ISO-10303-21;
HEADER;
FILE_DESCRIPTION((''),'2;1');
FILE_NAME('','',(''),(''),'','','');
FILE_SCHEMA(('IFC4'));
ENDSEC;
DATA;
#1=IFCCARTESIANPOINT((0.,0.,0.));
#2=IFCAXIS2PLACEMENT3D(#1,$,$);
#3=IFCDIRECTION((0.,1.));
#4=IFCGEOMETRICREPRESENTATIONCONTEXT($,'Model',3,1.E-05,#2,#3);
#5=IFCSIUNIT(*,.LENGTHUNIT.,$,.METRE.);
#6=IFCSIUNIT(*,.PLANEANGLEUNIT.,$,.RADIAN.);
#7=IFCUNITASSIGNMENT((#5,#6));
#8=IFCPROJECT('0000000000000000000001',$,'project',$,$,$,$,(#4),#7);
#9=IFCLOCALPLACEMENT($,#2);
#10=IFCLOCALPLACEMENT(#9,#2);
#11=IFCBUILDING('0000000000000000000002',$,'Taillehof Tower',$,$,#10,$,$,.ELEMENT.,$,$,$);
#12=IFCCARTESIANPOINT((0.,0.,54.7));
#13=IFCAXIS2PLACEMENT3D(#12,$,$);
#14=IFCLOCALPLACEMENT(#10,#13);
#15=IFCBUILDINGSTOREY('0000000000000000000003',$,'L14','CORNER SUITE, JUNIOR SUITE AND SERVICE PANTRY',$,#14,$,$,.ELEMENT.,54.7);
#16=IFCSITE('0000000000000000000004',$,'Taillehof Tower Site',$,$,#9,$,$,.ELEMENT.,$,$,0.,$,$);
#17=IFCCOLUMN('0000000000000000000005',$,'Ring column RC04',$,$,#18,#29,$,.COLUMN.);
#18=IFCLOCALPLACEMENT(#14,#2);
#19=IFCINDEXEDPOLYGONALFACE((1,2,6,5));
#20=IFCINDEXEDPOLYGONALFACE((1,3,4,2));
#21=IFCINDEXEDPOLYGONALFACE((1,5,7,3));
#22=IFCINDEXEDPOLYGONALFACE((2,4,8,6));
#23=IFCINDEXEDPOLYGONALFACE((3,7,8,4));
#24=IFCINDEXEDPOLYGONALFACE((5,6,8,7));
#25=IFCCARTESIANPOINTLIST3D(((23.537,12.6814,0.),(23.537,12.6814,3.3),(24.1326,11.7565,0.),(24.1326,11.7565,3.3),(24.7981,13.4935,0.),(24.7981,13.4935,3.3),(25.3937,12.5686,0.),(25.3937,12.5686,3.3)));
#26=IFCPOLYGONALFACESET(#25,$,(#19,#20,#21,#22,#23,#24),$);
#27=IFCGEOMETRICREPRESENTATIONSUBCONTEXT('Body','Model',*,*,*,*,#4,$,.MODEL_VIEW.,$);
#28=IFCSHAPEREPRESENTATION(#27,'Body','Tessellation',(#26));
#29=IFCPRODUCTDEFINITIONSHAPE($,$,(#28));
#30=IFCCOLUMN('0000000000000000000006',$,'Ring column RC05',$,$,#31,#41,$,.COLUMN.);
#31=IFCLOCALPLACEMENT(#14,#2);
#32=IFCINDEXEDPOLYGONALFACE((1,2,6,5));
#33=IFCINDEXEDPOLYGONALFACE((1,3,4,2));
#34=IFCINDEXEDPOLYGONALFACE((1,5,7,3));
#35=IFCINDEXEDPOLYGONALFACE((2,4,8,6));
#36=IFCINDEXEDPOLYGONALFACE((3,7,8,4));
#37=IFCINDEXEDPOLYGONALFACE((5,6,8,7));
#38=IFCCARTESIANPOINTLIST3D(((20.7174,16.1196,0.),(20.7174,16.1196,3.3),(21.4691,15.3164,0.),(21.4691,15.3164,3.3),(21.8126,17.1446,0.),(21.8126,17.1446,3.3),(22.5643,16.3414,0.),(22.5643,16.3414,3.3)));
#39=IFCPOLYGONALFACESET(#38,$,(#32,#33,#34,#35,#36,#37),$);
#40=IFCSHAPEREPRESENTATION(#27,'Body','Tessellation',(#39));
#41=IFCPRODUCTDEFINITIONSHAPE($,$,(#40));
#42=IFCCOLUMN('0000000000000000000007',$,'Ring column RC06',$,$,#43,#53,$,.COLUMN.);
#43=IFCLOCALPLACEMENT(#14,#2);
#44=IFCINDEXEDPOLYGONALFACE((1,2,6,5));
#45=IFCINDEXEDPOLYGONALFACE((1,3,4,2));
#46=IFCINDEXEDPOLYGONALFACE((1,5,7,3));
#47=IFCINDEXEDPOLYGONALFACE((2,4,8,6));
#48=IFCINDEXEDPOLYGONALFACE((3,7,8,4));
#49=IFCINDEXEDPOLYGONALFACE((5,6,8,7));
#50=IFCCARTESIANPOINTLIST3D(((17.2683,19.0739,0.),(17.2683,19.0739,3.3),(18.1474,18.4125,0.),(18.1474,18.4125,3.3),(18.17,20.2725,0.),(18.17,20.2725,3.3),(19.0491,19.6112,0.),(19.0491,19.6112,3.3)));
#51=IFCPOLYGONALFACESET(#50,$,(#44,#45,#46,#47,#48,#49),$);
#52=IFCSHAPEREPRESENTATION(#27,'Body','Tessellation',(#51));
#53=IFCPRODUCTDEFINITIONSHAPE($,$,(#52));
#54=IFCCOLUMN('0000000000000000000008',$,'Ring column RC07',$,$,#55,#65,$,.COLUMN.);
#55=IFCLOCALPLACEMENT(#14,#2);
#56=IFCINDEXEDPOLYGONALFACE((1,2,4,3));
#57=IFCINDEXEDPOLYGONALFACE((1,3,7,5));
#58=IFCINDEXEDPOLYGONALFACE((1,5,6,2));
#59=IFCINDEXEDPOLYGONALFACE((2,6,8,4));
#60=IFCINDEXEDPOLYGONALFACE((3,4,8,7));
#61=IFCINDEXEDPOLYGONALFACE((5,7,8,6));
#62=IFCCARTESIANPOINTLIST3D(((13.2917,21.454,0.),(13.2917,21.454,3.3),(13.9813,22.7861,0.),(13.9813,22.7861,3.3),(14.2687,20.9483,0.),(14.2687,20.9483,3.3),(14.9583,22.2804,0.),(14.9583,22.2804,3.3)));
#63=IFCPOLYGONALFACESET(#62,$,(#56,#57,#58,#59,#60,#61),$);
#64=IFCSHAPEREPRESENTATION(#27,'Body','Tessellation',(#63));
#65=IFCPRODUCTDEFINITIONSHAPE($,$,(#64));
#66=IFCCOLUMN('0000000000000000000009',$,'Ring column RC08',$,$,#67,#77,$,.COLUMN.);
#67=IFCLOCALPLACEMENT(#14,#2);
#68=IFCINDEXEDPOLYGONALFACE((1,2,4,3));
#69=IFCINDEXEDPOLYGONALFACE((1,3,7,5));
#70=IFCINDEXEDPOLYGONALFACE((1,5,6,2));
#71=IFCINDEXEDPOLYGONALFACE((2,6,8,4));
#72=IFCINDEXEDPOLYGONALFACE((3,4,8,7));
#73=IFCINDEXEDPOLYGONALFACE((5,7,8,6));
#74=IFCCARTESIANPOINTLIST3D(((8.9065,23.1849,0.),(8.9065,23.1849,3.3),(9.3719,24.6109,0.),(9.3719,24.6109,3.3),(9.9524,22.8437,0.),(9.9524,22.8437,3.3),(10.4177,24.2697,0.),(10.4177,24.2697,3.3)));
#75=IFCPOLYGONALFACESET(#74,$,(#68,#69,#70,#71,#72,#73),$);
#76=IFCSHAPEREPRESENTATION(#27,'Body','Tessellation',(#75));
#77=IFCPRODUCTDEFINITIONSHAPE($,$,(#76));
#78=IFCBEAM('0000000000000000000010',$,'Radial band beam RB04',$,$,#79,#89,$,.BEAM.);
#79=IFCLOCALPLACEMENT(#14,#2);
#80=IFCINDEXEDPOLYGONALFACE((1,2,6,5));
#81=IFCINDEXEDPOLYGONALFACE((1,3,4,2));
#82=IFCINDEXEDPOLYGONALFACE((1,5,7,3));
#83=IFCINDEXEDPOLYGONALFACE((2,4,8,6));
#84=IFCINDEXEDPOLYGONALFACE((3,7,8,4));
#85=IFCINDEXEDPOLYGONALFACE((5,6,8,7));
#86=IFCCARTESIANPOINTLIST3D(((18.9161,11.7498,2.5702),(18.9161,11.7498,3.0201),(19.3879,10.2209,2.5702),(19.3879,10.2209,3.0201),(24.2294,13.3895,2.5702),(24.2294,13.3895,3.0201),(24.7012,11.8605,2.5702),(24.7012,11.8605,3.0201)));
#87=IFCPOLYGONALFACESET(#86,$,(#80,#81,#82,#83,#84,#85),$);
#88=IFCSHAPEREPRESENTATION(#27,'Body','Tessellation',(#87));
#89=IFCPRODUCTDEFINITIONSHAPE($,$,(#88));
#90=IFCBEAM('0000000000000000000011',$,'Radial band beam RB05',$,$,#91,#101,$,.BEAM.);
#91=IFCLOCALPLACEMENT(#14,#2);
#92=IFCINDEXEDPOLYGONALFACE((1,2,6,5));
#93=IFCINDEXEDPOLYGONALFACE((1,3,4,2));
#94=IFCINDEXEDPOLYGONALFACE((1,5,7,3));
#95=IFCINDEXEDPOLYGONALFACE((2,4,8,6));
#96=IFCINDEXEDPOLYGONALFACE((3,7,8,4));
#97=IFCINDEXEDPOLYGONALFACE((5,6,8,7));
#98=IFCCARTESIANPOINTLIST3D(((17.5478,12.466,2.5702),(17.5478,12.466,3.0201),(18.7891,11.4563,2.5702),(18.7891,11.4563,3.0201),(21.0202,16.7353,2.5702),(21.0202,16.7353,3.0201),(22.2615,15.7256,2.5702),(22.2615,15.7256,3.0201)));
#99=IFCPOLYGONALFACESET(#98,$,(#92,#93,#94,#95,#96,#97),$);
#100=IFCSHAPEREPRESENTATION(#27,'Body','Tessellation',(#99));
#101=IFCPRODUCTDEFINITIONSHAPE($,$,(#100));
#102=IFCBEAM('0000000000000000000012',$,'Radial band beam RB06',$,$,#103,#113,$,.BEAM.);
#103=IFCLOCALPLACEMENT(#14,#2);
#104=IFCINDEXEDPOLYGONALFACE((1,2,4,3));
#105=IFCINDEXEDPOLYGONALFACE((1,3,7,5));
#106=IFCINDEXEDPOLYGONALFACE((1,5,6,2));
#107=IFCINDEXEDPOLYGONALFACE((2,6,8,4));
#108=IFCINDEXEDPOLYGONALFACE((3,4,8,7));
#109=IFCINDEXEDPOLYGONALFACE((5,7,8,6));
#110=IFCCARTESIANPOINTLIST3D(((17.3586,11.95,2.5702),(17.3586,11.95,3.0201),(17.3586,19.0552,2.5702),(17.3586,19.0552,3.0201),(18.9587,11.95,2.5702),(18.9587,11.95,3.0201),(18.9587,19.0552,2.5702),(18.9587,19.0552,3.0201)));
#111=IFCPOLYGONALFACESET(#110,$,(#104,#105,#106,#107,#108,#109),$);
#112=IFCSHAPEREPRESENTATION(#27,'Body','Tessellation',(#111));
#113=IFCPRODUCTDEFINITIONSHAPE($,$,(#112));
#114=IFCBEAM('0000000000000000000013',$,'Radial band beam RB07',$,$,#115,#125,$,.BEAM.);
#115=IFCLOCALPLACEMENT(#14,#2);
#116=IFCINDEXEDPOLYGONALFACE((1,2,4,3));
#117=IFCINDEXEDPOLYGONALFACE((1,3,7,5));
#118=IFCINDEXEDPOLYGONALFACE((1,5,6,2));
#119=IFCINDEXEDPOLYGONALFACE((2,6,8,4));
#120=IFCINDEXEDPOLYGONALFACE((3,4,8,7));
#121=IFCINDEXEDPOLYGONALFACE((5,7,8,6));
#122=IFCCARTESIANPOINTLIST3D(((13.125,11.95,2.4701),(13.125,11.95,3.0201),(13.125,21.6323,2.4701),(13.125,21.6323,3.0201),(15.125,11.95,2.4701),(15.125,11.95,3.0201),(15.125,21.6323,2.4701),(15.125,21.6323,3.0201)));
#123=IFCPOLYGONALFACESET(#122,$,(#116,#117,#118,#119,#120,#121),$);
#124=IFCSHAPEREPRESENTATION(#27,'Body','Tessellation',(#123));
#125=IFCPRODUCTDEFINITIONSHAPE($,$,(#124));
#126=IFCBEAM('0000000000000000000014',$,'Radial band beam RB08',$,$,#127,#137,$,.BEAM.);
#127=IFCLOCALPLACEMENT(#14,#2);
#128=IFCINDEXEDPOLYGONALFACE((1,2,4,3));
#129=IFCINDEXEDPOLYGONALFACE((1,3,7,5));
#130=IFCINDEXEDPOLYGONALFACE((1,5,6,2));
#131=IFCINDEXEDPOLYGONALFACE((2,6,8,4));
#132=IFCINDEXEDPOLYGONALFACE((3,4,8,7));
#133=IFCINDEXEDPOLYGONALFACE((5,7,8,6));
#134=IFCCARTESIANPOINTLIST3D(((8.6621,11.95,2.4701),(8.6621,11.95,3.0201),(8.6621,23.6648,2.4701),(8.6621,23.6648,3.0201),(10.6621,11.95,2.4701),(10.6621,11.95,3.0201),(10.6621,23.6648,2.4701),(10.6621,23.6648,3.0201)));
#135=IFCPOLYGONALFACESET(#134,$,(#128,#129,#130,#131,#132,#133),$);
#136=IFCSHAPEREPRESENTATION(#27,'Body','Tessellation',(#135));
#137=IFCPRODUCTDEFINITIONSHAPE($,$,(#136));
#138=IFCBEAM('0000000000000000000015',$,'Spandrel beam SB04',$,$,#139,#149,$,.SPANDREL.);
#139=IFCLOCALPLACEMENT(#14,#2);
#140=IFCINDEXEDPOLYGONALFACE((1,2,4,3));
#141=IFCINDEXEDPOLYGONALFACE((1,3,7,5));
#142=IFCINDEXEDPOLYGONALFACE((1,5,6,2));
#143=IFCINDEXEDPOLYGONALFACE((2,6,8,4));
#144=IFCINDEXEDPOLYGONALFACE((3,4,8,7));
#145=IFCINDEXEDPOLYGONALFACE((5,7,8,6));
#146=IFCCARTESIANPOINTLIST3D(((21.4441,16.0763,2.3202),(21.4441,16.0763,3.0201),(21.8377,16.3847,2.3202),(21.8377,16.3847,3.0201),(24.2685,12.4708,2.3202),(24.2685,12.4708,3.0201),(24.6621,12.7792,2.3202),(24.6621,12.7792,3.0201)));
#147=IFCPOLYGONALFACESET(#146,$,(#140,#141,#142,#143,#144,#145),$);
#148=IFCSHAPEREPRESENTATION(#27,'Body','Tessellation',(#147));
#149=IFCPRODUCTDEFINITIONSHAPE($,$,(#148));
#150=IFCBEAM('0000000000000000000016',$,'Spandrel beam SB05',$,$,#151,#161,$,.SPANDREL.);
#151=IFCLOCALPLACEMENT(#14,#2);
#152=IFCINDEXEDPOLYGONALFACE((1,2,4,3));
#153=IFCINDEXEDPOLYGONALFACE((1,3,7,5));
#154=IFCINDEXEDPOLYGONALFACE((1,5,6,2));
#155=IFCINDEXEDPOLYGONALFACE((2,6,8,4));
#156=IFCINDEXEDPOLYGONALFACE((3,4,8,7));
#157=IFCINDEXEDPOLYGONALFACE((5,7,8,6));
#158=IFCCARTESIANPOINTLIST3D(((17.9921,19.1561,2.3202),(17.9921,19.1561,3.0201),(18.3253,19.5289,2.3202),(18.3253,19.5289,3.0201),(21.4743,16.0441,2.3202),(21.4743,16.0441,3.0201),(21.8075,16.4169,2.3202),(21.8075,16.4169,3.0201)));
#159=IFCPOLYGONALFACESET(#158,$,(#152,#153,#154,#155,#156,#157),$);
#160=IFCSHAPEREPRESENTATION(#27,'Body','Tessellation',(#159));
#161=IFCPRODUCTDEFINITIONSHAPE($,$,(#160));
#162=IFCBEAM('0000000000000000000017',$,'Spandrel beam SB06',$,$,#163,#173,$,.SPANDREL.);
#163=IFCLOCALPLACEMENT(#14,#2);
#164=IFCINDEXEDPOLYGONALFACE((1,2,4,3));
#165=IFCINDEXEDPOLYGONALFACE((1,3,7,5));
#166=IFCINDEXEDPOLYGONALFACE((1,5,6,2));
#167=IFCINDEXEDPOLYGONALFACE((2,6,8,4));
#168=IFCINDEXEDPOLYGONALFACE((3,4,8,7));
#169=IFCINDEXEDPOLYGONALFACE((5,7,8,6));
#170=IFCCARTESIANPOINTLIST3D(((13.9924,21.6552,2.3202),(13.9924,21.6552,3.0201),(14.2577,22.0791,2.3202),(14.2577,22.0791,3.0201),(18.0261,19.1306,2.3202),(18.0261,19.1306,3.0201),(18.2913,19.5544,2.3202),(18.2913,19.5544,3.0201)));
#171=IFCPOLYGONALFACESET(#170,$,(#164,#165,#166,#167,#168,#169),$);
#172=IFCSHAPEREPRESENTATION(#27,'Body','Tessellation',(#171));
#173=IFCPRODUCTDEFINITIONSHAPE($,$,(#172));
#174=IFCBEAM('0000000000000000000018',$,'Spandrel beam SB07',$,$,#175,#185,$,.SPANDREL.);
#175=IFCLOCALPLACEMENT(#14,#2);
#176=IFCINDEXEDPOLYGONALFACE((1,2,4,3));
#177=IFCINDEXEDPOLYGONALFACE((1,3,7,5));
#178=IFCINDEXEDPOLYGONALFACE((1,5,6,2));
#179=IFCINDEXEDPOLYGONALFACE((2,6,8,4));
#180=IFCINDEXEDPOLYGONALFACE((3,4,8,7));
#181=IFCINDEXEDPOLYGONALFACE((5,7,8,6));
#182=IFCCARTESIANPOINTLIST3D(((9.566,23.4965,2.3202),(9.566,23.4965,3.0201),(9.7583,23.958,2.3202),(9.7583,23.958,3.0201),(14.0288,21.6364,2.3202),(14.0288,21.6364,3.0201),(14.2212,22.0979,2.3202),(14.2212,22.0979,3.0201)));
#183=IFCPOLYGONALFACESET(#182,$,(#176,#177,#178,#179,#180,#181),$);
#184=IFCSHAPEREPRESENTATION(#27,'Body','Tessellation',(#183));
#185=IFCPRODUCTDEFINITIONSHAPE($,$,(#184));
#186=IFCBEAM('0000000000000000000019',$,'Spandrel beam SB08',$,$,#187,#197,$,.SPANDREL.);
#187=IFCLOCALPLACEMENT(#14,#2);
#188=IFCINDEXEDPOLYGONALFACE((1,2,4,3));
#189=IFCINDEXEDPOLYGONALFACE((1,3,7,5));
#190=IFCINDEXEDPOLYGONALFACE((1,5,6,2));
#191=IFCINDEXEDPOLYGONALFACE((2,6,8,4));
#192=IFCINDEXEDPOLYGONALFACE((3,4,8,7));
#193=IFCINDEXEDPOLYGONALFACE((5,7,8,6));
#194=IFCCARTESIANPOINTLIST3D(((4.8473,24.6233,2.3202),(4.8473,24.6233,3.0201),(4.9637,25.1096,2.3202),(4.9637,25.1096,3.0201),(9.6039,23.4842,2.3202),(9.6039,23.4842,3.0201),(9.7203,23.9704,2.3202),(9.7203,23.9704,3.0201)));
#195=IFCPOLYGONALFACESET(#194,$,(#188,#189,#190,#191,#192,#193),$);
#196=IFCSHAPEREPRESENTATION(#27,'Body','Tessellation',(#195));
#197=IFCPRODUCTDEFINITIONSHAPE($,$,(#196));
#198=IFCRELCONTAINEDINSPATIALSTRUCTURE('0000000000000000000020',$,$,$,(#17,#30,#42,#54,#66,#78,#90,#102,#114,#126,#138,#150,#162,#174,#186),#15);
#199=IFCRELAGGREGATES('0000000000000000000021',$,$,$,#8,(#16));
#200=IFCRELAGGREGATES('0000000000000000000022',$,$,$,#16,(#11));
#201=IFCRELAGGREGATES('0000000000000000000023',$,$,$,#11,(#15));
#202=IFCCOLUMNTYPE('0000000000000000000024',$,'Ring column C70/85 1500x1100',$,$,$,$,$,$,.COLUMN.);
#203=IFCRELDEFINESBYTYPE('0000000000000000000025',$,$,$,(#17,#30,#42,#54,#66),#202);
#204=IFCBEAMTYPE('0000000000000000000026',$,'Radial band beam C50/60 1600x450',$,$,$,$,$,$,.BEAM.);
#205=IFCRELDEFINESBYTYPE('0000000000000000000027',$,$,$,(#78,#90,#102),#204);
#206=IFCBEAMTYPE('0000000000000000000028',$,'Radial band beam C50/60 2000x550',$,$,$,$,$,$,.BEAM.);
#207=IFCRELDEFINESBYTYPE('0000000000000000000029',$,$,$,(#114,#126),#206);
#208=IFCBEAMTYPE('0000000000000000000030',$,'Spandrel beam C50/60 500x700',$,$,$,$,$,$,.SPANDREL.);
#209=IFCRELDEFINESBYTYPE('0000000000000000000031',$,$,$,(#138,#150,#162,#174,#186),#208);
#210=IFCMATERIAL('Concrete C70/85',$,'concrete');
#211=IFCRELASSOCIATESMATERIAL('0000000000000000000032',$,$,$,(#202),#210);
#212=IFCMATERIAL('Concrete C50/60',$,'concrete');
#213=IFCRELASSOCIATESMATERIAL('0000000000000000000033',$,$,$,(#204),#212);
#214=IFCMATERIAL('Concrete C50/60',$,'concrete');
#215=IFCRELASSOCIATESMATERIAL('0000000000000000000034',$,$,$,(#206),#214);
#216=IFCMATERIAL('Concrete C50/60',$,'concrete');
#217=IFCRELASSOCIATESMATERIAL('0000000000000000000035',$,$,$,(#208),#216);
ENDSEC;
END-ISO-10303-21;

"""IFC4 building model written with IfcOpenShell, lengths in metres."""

from ifc_helpers import new_model, si_unit, direction, frame, origin, origin_2d, place, context, subcontext, project, spatial, rectangle, extrude, material, material_profile, profile_set, type_object, element, save


model = new_model("IFC4")

# Units and contexts
model_context = context("Model", 3, precision=1e-05, world=origin(), true_north=direction((0.0, 1.0)))
body_context = subcontext(model_context, "Body", "Model", "MODEL_VIEW")
ifc_project = project(units=[si_unit("LENGTHUNIT", "METRE"), si_unit("PLANEANGLEUNIT", "RADIAN")], contexts=[model_context])

# Site, building, storey
site_placement = place(None, origin())
site = spatial("IfcSite", under=ifc_project, at=site_placement, Name="Taillehof Tower Site", CompositionType="ELEMENT", RefElevation=0.0)
building_placement = place(site_placement, origin())
building = spatial("IfcBuilding", under=site, at=building_placement, Name="Taillehof Tower", CompositionType="ELEMENT")
storey_placement = place(building_placement, frame((0.0, 0.0, 54.7)))
storey = spatial("IfcBuildingStorey", under=building, at=storey_placement, Name="L14", Description="CORNER SUITE, JUNIOR SUITE AND SERVICE PANTRY", CompositionType="ELEMENT", Elevation=54.7)

# Columns
ifc_material_1 = material(Name="Concrete C70/85", Category="concrete")
ifc_material_profile_1 = material_profile(ifc_material_1, rectangle(XDim=1.5, YDim=1.1001, at=origin_2d()), Name="RC 1500x1100")
ifc_profile_set_1 = profile_set([ifc_material_profile_1], Name="Concrete C70/85")
column_type = type_object("IfcColumnType", Name="Ring column C70/85 1500x1100", PredefinedType="COLUMN", material=ifc_profile_set_1)
for number, where, z_axis, x_axis, name in (
    (1, (24.4653, 12.625, 0.0), (0.0, 0.0, 1.0), (0.840754, 0.541418, 0.0), "Ring column RC04"),
    (2, (21.6409, 16.2305, 0.0), (0.0, 0.0, 1.0), (0.730113, 0.683326, 0.0), "Ring column RC05"),
    (3, (18.1587, 19.3425, 0.0), (0.0, 0.0, 1.0), (0.601174, 0.799118, 0.0), "Ring column RC06"),
    (4, (14.125, 21.8672, 0.0), (0.0, 0.0, 1.0), (0.459691, 0.888079, 0.0), "Ring column RC07"),
    (5, (9.6621, 23.7273, 0.0), (0.0, 0.0, 1.0), (0.310219, 0.950665, 0.0), "Ring column RC08"),
):
    element("IfcColumn", number, at=place(storey_placement, frame(where, z_axis=z_axis, x_axis=x_axis)), inside=storey, type_object=column_type, Name=name, PredefinedType="COLUMN", context=body_context, shape_type="SweptSolid", body=[
        extrude(rectangle(XDim=1.5, YDim=1.1001, at=origin_2d()), origin(), (0.0, 0.0, 1.0), 3.3),
    ])

# Beams
ifc_material_2 = material(Name="Concrete C50/60", Category="concrete")
ifc_material_profile_2 = material_profile(ifc_material_2, rectangle(XDim=1.6001, YDim=0.45, at=origin_2d()), Name="RC 1600x450")
ifc_profile_set_2 = profile_set([ifc_material_profile_2], Name="Concrete C50/60")
beam_type_1 = type_object("IfcBeamType", Name="Radial band beam C50/60 1600x450", PredefinedType="BEAM", material=ifc_profile_set_2)
beam_1_placement = place(storey_placement, frame((24.4653, 12.625, 2.7952), z_axis=(-0.955536, -0.294876, 0.0), x_axis=(0.294876, -0.955536, 0.0)))
element("IfcBeam", 6, at=beam_1_placement, inside=storey, type_object=beam_type_1, Name="Radial band beam RB04", PredefinedType="BEAM", context=body_context, shape_type="SweptSolid", body=[
    extrude(rectangle(XDim=1.6001, YDim=0.45, at=origin_2d()), origin(), (0.0, 0.0, 1.0), 5.5605),
])
beam_2_placement = place(storey_placement, frame((21.6409, 16.2305, 2.7952), z_axis=(-0.630988, -0.775792, 0.0), x_axis=(0.775792, -0.630988, 0.0)))
element("IfcBeam", 7, at=beam_2_placement, inside=storey, type_object=beam_type_1, Name="Radial band beam RB05", PredefinedType="BEAM", context=body_context, shape_type="SweptSolid", body=[
    extrude(rectangle(XDim=1.6001, YDim=0.45, at=origin_2d()), origin(), (0.0, 0.0, 1.0), 5.5032),
])
beam_3_placement = place(storey_placement, frame((18.1587, 19.0552, 2.7952), z_axis=(0.0, -1.0, 0.0), x_axis=(1.0, 0.0, 0.0)))
element("IfcBeam", 8, at=beam_3_placement, inside=storey, type_object=beam_type_1, Name="Radial band beam RB06", PredefinedType="BEAM", context=body_context, shape_type="SweptSolid", body=[
    extrude(rectangle(XDim=1.6001, YDim=0.45, at=origin_2d()), origin(), (0.0, 0.0, 1.0), 7.1052),
])
ifc_material_3 = material(Name="Concrete C50/60", Category="concrete")
ifc_material_profile_3 = material_profile(ifc_material_3, rectangle(XDim=2.0, YDim=0.55, at=origin_2d()), Name="RC 2000x550")
ifc_profile_set_3 = profile_set([ifc_material_profile_3], Name="Concrete C50/60")
beam_type_2 = type_object("IfcBeamType", Name="Radial band beam C50/60 2000x550", PredefinedType="BEAM", material=ifc_profile_set_3)
beam_4_placement = place(storey_placement, frame((14.125, 21.6323, 2.7451), z_axis=(0.0, -1.0, 0.0), x_axis=(1.0, 0.0, 0.0)))
element("IfcBeam", 9, at=beam_4_placement, inside=storey, type_object=beam_type_2, Name="Radial band beam RB07", PredefinedType="BEAM", context=body_context, shape_type="SweptSolid", body=[
    extrude(rectangle(XDim=2.0, YDim=0.55, at=origin_2d()), origin(), (0.0, 0.0, 1.0), 9.6824),
])
beam_5_placement = place(storey_placement, frame((9.6621, 23.6648, 2.7451), z_axis=(0.0, -1.0, 0.0), x_axis=(1.0, 0.0, 0.0)))
element("IfcBeam", 10, at=beam_5_placement, inside=storey, type_object=beam_type_2, Name="Radial band beam RB08", PredefinedType="BEAM", context=body_context, shape_type="SweptSolid", body=[
    extrude(rectangle(XDim=2.0, YDim=0.55, at=origin_2d()), origin(), (0.0, 0.0, 1.0), 11.7148),
])
ifc_material_4 = material(Name="Concrete C50/60", Category="concrete")
ifc_material_profile_4 = material_profile(ifc_material_4, rectangle(XDim=0.5, YDim=0.7, at=origin_2d()), Name="RC 500x700")
ifc_profile_set_4 = profile_set([ifc_material_profile_4], Name="Concrete C50/60")
beam_type_3 = type_object("IfcBeamType", Name="Spandrel beam C50/60 500x700", PredefinedType="SPANDREL", material=ifc_profile_set_4)
beam_6_placement = place(storey_placement, frame((24.4653, 12.625, 2.6702), z_axis=(-0.616686, 0.787209, 0.0), x_axis=(-0.787209, -0.616686, 0.0)))
element("IfcBeam", 11, at=beam_6_placement, inside=storey, type_object=beam_type_3, Name="Spandrel beam SB04", PredefinedType="SPANDREL", context=body_context, shape_type="SweptSolid", body=[
    extrude(rectangle(XDim=0.5, YDim=0.7, at=origin_2d()), origin(), (0.0, 0.0, 1.0), 4.5801),
])
beam_7_placement = place(storey_placement, frame((21.6409, 16.2305, 2.6702), z_axis=(-0.745621, 0.66637, 0.0), x_axis=(-0.66637, -0.745621, 0.0)))
element("IfcBeam", 12, at=beam_7_placement, inside=storey, type_object=beam_type_3, Name="Spandrel beam SB05", PredefinedType="SPANDREL", context=body_context, shape_type="SweptSolid", body=[
    extrude(rectangle(XDim=0.5, YDim=0.7, at=origin_2d()), origin(), (0.0, 0.0, 1.0), 4.6702),
])
beam_8_placement = place(storey_placement, frame((18.1587, 19.3425, 2.6702), z_axis=(-0.847658, 0.530543, 0.0), x_axis=(-0.530543, -0.847658, 0.0)))
element("IfcBeam", 13, at=beam_8_placement, inside=storey, type_object=beam_type_3, Name="Spandrel beam SB06", PredefinedType="SPANDREL", context=body_context, shape_type="SweptSolid", body=[
    extrude(rectangle(XDim=0.5, YDim=0.7, at=origin_2d()), origin(), (0.0, 0.0, 1.0), 4.7585),
])
beam_9_placement = place(storey_placement, frame((14.125, 21.8672, 2.6702), z_axis=(-0.923035, 0.384716, 0.0), x_axis=(-0.384716, -0.923035, 0.0)))
element("IfcBeam", 14, at=beam_9_placement, inside=storey, type_object=beam_type_3, Name="Spandrel beam SB07", PredefinedType="SPANDREL", context=body_context, shape_type="SweptSolid", body=[
    extrude(rectangle(XDim=0.5, YDim=0.7, at=origin_2d()), origin(), (0.0, 0.0, 1.0), 4.835),
])
beam_10_placement = place(storey_placement, frame((9.6621, 23.7273, 2.6702), z_axis=(-0.9725, 0.232905, 0.0), x_axis=(-0.232905, -0.9725, 0.0)))
element("IfcBeam", 15, at=beam_10_placement, inside=storey, type_object=beam_type_3, Name="Spandrel beam SB08", PredefinedType="SPANDREL", context=body_context, shape_type="SweptSolid", body=[
    extrude(rectangle(XDim=0.5, YDim=0.7, at=origin_2d()), origin(), (0.0, 0.0, 1.0), 4.8911),
])

save(model, "model.ifc")
